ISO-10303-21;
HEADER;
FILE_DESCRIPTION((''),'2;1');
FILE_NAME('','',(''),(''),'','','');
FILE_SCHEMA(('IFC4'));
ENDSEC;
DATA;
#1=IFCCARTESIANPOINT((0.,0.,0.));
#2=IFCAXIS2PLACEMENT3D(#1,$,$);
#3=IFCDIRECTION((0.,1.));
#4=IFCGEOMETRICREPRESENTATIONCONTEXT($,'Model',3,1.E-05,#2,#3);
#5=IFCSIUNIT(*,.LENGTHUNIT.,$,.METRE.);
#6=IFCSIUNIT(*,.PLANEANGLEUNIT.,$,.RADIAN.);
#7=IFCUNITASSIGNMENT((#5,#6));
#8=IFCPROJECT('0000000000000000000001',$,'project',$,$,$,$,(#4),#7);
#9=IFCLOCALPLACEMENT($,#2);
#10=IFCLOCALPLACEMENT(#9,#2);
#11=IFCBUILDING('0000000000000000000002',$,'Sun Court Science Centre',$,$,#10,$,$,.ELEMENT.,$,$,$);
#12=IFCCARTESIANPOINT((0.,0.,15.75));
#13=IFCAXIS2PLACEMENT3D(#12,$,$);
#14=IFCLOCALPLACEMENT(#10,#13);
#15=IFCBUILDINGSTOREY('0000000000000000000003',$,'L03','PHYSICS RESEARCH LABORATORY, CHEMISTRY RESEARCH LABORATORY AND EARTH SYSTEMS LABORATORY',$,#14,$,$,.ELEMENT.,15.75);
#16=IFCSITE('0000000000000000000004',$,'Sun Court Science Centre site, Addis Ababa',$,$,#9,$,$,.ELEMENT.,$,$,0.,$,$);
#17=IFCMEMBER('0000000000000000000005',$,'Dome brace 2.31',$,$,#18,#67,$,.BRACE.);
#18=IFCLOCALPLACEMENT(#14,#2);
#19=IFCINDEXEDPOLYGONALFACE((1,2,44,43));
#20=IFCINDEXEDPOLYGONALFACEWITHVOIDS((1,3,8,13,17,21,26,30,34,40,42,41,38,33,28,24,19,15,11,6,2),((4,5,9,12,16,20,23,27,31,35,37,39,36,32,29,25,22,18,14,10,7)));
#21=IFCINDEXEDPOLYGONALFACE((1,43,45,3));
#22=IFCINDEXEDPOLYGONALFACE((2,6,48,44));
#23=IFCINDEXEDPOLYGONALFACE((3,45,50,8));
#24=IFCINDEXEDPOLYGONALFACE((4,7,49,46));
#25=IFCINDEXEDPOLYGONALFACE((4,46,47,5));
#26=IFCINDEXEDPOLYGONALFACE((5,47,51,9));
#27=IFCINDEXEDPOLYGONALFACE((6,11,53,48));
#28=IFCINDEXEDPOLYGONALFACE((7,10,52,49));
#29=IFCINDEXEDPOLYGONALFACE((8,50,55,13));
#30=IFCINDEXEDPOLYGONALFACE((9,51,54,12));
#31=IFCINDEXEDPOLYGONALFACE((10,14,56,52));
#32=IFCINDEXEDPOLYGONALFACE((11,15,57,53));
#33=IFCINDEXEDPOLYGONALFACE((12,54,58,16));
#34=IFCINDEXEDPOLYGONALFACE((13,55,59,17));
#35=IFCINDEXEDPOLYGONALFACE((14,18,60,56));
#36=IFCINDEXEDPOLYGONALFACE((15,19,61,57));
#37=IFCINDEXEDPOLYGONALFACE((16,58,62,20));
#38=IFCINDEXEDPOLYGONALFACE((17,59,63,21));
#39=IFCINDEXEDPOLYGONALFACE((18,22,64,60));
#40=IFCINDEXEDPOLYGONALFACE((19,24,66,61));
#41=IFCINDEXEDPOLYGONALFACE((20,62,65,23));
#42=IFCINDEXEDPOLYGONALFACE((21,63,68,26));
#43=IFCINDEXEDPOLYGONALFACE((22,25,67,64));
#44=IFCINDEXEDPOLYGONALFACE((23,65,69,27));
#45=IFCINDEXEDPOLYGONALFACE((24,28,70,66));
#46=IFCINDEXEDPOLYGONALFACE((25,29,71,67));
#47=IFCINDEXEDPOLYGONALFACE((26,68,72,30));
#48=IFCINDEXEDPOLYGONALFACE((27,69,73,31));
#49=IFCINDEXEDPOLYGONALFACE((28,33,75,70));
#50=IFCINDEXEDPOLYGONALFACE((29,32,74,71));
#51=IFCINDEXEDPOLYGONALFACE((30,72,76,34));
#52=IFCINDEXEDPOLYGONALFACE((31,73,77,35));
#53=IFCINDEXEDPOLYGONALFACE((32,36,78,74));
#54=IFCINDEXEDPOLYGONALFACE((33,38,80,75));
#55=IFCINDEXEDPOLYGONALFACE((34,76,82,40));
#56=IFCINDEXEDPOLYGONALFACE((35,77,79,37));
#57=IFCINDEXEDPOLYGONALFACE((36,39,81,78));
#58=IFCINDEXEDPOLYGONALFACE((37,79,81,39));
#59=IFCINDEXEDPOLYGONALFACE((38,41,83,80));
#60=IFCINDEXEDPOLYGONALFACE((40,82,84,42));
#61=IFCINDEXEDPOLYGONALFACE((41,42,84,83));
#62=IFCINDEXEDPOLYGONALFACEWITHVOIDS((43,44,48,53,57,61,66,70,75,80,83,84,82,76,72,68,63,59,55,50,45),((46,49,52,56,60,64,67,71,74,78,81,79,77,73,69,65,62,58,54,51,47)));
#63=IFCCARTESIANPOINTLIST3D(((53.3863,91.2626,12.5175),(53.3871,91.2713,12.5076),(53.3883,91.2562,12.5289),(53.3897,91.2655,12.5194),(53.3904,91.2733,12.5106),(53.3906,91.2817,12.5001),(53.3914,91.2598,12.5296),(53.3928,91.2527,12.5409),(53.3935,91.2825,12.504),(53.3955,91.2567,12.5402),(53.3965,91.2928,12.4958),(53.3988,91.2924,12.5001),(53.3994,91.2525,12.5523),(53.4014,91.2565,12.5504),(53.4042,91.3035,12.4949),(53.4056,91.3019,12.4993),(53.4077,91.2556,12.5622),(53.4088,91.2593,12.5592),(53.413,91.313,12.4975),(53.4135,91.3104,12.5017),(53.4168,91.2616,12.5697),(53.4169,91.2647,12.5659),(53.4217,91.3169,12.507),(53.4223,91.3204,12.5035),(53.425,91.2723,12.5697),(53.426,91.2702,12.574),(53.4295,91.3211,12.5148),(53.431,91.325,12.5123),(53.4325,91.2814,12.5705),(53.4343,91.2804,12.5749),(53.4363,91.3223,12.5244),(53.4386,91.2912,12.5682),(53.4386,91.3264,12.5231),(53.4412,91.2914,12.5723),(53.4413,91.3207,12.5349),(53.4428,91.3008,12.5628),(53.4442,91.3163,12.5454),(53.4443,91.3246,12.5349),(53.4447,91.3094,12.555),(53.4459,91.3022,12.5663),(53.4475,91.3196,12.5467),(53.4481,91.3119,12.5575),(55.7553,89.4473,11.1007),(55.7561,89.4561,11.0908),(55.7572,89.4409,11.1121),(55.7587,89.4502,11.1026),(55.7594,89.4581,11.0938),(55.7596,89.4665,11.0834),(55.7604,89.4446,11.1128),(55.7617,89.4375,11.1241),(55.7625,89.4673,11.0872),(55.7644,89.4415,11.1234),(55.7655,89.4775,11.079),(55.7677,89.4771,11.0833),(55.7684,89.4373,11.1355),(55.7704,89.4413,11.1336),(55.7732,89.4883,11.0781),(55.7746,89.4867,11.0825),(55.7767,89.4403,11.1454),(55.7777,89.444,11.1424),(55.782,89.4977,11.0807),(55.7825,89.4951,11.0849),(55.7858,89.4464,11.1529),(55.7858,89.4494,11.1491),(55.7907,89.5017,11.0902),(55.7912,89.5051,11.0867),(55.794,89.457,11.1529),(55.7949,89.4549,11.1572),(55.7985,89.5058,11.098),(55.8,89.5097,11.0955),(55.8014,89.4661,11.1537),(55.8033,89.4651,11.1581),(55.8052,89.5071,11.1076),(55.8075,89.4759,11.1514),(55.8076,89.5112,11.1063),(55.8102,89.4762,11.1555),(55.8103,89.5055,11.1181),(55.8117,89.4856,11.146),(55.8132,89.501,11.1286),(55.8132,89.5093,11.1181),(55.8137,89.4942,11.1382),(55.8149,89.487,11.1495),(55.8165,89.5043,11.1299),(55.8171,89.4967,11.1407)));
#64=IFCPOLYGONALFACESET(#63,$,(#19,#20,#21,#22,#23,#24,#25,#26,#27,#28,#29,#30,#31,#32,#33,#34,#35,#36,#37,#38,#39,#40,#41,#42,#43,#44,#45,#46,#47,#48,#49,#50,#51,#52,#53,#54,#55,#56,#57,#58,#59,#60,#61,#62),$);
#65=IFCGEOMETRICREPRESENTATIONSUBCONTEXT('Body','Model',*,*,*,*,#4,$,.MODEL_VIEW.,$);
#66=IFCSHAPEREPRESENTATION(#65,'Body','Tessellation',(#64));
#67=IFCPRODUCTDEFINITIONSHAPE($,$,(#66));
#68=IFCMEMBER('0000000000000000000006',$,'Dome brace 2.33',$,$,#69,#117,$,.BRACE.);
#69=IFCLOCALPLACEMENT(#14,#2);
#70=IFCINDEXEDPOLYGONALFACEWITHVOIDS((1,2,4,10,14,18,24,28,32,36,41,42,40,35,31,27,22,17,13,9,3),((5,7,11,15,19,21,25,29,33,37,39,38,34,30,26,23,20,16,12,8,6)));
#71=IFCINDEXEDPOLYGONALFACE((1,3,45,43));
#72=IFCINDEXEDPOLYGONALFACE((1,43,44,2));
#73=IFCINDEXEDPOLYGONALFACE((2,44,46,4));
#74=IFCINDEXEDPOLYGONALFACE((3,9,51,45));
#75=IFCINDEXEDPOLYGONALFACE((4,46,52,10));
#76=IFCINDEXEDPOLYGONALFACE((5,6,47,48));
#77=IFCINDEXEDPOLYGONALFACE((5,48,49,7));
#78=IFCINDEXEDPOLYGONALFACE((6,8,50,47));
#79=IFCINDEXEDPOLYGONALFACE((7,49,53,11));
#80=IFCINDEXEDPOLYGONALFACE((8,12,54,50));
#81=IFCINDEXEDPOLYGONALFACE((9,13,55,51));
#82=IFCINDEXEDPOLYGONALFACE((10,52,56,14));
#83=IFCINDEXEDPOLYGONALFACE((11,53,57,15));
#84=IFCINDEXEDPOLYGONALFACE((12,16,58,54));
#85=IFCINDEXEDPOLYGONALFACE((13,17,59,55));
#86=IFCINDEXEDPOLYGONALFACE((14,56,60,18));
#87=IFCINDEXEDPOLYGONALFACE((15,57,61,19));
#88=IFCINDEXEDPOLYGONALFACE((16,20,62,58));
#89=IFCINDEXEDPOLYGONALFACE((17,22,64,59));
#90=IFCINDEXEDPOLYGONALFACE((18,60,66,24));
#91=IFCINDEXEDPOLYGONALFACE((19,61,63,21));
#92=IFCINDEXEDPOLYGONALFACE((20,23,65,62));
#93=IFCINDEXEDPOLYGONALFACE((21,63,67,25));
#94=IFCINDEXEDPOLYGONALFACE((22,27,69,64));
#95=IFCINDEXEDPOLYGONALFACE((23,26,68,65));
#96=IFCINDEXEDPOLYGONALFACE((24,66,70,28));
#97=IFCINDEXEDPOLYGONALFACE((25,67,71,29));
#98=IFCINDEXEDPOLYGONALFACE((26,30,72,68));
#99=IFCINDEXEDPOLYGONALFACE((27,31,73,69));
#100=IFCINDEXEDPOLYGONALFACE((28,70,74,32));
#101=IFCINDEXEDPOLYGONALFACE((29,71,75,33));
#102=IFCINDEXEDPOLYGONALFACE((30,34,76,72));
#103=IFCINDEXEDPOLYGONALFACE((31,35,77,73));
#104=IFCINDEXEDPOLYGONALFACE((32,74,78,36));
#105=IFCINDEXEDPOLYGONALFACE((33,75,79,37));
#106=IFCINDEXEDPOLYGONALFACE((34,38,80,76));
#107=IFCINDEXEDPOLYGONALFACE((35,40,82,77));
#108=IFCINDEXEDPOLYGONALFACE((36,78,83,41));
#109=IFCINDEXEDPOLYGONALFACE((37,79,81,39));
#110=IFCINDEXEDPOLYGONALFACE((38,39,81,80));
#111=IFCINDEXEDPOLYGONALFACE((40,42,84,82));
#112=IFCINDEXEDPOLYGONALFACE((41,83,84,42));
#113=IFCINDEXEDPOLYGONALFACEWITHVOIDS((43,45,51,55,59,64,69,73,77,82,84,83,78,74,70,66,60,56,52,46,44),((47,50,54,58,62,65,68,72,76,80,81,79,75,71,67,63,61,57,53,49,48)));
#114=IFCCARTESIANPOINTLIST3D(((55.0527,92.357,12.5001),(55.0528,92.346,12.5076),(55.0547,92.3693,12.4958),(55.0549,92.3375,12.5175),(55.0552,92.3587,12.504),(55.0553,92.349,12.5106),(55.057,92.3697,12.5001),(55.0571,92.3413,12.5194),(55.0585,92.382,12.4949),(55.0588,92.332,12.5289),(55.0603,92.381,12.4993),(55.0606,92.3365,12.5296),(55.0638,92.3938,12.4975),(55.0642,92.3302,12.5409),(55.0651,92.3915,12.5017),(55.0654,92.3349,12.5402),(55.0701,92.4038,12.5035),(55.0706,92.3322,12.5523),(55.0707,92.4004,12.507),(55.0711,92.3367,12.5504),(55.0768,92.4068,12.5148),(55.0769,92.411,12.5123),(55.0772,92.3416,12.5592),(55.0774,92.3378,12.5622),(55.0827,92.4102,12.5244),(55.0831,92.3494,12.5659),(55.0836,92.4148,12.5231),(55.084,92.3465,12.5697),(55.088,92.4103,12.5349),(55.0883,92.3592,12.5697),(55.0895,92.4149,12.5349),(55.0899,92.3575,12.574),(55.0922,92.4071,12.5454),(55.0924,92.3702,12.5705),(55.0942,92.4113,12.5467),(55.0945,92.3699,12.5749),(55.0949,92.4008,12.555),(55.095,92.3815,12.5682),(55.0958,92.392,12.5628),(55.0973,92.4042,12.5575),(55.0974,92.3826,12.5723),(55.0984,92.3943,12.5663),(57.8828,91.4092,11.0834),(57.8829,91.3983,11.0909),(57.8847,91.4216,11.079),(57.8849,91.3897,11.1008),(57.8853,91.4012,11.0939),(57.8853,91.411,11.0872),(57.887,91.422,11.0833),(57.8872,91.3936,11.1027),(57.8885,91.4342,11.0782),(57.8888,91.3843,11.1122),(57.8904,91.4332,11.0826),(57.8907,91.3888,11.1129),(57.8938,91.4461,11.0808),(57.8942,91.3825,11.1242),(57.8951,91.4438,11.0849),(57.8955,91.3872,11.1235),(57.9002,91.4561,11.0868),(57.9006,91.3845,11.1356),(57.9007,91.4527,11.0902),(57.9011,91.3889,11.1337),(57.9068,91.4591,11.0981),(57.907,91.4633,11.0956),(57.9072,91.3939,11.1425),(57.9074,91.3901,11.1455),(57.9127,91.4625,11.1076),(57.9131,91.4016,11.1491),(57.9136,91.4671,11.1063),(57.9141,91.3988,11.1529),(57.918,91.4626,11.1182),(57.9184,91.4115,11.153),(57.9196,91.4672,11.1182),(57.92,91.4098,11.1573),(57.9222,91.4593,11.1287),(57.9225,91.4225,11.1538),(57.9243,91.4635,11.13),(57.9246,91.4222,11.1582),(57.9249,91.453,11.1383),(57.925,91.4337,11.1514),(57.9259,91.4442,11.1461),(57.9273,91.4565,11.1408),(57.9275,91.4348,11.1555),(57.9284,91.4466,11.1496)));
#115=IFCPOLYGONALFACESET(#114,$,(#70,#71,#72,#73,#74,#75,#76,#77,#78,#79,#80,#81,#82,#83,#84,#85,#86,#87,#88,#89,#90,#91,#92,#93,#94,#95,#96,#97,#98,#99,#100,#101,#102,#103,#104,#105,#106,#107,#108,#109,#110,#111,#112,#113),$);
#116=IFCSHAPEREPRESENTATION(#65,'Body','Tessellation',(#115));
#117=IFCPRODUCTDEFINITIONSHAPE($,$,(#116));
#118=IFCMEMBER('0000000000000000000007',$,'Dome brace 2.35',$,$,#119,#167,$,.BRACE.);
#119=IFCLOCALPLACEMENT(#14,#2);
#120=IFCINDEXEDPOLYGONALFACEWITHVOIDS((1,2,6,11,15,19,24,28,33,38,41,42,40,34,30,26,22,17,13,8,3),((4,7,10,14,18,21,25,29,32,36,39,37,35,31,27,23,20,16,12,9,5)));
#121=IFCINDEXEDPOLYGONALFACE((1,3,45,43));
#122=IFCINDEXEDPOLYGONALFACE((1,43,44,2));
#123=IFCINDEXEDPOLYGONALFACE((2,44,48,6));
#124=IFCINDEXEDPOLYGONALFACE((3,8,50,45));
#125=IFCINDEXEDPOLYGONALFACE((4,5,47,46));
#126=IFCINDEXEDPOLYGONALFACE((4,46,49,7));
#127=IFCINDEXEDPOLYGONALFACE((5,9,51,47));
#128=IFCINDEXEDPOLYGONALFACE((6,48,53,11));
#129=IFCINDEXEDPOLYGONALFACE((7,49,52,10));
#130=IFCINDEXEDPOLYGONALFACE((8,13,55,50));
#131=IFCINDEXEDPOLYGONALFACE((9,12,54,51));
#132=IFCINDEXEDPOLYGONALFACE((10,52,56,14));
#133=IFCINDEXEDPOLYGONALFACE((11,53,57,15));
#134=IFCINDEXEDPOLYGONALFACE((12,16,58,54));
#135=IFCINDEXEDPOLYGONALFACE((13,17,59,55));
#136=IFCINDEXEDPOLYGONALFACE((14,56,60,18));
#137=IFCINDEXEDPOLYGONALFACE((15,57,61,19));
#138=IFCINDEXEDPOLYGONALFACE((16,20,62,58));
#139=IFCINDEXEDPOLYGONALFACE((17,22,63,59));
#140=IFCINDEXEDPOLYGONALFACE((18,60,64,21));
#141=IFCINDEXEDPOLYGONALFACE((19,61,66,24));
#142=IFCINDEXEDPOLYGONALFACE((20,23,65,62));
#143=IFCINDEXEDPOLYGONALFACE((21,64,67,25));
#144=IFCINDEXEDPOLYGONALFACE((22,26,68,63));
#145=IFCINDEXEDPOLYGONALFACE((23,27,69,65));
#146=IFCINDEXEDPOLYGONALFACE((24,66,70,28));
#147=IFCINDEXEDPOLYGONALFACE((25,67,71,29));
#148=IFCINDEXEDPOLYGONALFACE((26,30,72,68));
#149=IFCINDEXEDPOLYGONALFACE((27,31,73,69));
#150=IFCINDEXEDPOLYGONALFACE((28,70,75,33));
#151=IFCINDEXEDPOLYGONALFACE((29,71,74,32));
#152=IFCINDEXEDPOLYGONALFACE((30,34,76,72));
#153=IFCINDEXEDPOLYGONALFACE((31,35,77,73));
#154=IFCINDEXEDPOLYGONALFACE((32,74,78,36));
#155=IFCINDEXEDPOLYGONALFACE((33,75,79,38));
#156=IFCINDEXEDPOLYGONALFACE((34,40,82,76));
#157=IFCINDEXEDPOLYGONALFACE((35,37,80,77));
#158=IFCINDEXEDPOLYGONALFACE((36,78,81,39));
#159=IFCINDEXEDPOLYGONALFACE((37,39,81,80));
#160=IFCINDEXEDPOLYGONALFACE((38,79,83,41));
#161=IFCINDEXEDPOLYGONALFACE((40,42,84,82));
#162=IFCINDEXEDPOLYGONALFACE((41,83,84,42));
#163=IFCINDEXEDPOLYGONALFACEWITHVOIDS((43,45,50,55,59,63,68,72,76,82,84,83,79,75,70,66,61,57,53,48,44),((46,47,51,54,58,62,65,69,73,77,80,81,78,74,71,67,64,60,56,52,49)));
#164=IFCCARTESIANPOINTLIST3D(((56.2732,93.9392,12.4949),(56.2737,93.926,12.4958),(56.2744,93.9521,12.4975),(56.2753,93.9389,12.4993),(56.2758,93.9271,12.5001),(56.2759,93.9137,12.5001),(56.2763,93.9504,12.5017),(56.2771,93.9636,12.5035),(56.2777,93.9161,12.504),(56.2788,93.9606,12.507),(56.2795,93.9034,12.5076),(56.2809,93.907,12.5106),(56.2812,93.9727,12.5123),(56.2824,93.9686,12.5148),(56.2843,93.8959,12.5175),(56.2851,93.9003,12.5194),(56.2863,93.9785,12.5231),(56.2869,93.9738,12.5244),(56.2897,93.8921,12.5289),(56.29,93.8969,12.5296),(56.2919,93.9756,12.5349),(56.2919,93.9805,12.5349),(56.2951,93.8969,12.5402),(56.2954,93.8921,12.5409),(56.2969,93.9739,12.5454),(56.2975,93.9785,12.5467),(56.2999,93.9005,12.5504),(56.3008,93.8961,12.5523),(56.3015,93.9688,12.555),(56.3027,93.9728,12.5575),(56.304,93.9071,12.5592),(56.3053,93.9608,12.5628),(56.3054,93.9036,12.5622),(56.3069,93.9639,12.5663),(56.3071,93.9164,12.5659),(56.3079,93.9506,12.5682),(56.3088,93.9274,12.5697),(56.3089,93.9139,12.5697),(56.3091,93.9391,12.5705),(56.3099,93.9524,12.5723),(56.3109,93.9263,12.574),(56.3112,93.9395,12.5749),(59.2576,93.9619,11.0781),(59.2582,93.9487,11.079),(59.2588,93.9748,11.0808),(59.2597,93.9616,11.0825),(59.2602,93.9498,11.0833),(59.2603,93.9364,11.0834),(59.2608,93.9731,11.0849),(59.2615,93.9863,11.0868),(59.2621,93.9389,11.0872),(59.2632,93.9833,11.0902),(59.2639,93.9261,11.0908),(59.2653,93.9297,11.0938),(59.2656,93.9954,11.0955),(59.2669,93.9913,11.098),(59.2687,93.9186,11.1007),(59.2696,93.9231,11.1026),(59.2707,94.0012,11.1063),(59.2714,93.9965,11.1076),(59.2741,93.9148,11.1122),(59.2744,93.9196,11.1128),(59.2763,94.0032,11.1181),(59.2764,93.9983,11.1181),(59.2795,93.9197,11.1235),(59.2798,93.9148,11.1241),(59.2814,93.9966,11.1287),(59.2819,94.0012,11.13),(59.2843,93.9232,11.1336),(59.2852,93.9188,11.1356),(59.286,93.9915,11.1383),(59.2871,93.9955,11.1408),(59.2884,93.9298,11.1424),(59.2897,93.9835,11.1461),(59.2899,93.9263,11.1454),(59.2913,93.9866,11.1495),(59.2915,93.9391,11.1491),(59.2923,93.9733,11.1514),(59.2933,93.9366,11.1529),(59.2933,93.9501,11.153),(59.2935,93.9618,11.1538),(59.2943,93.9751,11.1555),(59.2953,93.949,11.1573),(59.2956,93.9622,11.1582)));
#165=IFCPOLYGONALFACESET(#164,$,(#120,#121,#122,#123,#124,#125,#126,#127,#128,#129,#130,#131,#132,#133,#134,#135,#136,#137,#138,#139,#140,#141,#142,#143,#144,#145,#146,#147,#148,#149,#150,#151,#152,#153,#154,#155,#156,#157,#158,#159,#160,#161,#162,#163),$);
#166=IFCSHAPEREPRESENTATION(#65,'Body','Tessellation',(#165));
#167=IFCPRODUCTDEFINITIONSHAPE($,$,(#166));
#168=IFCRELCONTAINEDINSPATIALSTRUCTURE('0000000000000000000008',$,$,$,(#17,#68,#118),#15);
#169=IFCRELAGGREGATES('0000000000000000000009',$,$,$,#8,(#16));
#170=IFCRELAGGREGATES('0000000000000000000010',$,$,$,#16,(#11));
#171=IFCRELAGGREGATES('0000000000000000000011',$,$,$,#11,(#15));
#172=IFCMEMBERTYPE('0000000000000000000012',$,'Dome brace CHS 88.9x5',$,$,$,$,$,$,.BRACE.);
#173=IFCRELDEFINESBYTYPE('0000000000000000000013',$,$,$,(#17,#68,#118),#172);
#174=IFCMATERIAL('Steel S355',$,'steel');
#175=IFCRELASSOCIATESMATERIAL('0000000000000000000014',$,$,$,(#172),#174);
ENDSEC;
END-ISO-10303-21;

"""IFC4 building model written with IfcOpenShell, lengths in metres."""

from ifc_helpers import new_model, si_unit, direction, frame, origin, origin_2d, place, context, subcontext, project, spatial, hollow_circle, extrude, material, material_profile, profile_set, type_object, element, save


model = new_model("IFC4")

# Units and contexts
model_context = context("Model", 3, precision=1e-05, world=origin(), true_north=direction((0.0, 1.0)))
body_context = subcontext(model_context, "Body", "Model", "MODEL_VIEW")
ifc_project = project(units=[si_unit("LENGTHUNIT", "METRE"), si_unit("PLANEANGLEUNIT", "RADIAN")], contexts=[model_context])

# Site, building, storey
site_placement = place(None, origin())
site = spatial("IfcSite", under=ifc_project, at=site_placement, Name="Sun Court Science Centre site, Addis Ababa", CompositionType="ELEMENT", RefElevation=0.0)
building_placement = place(site_placement, origin())
building = spatial("IfcBuilding", under=site, at=building_placement, Name="Sun Court Science Centre", CompositionType="ELEMENT")
storey_placement = place(building_placement, frame((0.0, 0.0, 15.75)))
storey = spatial("IfcBuildingStorey", under=building, at=storey_placement, Name="L03", Description="PHYSICS RESEARCH LABORATORY, CHEMISTRY RESEARCH LABORATORY AND EARTH SYSTEMS LABORATORY", CompositionType="ELEMENT", Elevation=15.75)

# Members
ifc_material_1 = material(Name="Steel S355", Category="steel")
ifc_material_profile_1 = material_profile(ifc_material_1, hollow_circle(Radius=0.0444, WallThickness=0.0049, at=origin_2d()), Name="CHS 88.9x5")
ifc_profile_set_1 = profile_set([ifc_material_profile_1], Name="Steel S355")
member_type_1 = type_object("IfcMemberType", Name="Dome brace CHS 88.9x5", PredefinedType="BRACE", material=ifc_profile_set_1)
for number, where, z_axis, x_axis, name in (
    (1, (53.4172, 91.2893, 12.5349), (0.717066, -0.549458, -0.42885), (0.608227, 0.793763, 0.0), "Dome brace 2.31"),
    (2, (55.0754, 92.3728, 12.5349), (0.856626, -0.286872, -0.42883), (0.317553, 0.948241, 0.0), "Dome brace 2.33"),
    (3, (56.2922, 93.936, 12.5349), (0.903354, 0.006873, -0.428842), (-0.007608, 0.999971, 0.0), "Dome brace 2.35"),
):
    element("IfcMember", number, at=place(storey_placement, frame(where, z_axis=z_axis, x_axis=x_axis)), inside=storey, type_object=member_type_1, Name=name, PredefinedType="BRACE", context=body_context, shape_type="SweptSolid", body=[
        extrude(hollow_circle(Radius=0.0444, WallThickness=0.0049, at=origin_2d()), origin(), (0.0, 0.0, 1.0), 3.3037),
    ])

save(model, "model.ifc")
